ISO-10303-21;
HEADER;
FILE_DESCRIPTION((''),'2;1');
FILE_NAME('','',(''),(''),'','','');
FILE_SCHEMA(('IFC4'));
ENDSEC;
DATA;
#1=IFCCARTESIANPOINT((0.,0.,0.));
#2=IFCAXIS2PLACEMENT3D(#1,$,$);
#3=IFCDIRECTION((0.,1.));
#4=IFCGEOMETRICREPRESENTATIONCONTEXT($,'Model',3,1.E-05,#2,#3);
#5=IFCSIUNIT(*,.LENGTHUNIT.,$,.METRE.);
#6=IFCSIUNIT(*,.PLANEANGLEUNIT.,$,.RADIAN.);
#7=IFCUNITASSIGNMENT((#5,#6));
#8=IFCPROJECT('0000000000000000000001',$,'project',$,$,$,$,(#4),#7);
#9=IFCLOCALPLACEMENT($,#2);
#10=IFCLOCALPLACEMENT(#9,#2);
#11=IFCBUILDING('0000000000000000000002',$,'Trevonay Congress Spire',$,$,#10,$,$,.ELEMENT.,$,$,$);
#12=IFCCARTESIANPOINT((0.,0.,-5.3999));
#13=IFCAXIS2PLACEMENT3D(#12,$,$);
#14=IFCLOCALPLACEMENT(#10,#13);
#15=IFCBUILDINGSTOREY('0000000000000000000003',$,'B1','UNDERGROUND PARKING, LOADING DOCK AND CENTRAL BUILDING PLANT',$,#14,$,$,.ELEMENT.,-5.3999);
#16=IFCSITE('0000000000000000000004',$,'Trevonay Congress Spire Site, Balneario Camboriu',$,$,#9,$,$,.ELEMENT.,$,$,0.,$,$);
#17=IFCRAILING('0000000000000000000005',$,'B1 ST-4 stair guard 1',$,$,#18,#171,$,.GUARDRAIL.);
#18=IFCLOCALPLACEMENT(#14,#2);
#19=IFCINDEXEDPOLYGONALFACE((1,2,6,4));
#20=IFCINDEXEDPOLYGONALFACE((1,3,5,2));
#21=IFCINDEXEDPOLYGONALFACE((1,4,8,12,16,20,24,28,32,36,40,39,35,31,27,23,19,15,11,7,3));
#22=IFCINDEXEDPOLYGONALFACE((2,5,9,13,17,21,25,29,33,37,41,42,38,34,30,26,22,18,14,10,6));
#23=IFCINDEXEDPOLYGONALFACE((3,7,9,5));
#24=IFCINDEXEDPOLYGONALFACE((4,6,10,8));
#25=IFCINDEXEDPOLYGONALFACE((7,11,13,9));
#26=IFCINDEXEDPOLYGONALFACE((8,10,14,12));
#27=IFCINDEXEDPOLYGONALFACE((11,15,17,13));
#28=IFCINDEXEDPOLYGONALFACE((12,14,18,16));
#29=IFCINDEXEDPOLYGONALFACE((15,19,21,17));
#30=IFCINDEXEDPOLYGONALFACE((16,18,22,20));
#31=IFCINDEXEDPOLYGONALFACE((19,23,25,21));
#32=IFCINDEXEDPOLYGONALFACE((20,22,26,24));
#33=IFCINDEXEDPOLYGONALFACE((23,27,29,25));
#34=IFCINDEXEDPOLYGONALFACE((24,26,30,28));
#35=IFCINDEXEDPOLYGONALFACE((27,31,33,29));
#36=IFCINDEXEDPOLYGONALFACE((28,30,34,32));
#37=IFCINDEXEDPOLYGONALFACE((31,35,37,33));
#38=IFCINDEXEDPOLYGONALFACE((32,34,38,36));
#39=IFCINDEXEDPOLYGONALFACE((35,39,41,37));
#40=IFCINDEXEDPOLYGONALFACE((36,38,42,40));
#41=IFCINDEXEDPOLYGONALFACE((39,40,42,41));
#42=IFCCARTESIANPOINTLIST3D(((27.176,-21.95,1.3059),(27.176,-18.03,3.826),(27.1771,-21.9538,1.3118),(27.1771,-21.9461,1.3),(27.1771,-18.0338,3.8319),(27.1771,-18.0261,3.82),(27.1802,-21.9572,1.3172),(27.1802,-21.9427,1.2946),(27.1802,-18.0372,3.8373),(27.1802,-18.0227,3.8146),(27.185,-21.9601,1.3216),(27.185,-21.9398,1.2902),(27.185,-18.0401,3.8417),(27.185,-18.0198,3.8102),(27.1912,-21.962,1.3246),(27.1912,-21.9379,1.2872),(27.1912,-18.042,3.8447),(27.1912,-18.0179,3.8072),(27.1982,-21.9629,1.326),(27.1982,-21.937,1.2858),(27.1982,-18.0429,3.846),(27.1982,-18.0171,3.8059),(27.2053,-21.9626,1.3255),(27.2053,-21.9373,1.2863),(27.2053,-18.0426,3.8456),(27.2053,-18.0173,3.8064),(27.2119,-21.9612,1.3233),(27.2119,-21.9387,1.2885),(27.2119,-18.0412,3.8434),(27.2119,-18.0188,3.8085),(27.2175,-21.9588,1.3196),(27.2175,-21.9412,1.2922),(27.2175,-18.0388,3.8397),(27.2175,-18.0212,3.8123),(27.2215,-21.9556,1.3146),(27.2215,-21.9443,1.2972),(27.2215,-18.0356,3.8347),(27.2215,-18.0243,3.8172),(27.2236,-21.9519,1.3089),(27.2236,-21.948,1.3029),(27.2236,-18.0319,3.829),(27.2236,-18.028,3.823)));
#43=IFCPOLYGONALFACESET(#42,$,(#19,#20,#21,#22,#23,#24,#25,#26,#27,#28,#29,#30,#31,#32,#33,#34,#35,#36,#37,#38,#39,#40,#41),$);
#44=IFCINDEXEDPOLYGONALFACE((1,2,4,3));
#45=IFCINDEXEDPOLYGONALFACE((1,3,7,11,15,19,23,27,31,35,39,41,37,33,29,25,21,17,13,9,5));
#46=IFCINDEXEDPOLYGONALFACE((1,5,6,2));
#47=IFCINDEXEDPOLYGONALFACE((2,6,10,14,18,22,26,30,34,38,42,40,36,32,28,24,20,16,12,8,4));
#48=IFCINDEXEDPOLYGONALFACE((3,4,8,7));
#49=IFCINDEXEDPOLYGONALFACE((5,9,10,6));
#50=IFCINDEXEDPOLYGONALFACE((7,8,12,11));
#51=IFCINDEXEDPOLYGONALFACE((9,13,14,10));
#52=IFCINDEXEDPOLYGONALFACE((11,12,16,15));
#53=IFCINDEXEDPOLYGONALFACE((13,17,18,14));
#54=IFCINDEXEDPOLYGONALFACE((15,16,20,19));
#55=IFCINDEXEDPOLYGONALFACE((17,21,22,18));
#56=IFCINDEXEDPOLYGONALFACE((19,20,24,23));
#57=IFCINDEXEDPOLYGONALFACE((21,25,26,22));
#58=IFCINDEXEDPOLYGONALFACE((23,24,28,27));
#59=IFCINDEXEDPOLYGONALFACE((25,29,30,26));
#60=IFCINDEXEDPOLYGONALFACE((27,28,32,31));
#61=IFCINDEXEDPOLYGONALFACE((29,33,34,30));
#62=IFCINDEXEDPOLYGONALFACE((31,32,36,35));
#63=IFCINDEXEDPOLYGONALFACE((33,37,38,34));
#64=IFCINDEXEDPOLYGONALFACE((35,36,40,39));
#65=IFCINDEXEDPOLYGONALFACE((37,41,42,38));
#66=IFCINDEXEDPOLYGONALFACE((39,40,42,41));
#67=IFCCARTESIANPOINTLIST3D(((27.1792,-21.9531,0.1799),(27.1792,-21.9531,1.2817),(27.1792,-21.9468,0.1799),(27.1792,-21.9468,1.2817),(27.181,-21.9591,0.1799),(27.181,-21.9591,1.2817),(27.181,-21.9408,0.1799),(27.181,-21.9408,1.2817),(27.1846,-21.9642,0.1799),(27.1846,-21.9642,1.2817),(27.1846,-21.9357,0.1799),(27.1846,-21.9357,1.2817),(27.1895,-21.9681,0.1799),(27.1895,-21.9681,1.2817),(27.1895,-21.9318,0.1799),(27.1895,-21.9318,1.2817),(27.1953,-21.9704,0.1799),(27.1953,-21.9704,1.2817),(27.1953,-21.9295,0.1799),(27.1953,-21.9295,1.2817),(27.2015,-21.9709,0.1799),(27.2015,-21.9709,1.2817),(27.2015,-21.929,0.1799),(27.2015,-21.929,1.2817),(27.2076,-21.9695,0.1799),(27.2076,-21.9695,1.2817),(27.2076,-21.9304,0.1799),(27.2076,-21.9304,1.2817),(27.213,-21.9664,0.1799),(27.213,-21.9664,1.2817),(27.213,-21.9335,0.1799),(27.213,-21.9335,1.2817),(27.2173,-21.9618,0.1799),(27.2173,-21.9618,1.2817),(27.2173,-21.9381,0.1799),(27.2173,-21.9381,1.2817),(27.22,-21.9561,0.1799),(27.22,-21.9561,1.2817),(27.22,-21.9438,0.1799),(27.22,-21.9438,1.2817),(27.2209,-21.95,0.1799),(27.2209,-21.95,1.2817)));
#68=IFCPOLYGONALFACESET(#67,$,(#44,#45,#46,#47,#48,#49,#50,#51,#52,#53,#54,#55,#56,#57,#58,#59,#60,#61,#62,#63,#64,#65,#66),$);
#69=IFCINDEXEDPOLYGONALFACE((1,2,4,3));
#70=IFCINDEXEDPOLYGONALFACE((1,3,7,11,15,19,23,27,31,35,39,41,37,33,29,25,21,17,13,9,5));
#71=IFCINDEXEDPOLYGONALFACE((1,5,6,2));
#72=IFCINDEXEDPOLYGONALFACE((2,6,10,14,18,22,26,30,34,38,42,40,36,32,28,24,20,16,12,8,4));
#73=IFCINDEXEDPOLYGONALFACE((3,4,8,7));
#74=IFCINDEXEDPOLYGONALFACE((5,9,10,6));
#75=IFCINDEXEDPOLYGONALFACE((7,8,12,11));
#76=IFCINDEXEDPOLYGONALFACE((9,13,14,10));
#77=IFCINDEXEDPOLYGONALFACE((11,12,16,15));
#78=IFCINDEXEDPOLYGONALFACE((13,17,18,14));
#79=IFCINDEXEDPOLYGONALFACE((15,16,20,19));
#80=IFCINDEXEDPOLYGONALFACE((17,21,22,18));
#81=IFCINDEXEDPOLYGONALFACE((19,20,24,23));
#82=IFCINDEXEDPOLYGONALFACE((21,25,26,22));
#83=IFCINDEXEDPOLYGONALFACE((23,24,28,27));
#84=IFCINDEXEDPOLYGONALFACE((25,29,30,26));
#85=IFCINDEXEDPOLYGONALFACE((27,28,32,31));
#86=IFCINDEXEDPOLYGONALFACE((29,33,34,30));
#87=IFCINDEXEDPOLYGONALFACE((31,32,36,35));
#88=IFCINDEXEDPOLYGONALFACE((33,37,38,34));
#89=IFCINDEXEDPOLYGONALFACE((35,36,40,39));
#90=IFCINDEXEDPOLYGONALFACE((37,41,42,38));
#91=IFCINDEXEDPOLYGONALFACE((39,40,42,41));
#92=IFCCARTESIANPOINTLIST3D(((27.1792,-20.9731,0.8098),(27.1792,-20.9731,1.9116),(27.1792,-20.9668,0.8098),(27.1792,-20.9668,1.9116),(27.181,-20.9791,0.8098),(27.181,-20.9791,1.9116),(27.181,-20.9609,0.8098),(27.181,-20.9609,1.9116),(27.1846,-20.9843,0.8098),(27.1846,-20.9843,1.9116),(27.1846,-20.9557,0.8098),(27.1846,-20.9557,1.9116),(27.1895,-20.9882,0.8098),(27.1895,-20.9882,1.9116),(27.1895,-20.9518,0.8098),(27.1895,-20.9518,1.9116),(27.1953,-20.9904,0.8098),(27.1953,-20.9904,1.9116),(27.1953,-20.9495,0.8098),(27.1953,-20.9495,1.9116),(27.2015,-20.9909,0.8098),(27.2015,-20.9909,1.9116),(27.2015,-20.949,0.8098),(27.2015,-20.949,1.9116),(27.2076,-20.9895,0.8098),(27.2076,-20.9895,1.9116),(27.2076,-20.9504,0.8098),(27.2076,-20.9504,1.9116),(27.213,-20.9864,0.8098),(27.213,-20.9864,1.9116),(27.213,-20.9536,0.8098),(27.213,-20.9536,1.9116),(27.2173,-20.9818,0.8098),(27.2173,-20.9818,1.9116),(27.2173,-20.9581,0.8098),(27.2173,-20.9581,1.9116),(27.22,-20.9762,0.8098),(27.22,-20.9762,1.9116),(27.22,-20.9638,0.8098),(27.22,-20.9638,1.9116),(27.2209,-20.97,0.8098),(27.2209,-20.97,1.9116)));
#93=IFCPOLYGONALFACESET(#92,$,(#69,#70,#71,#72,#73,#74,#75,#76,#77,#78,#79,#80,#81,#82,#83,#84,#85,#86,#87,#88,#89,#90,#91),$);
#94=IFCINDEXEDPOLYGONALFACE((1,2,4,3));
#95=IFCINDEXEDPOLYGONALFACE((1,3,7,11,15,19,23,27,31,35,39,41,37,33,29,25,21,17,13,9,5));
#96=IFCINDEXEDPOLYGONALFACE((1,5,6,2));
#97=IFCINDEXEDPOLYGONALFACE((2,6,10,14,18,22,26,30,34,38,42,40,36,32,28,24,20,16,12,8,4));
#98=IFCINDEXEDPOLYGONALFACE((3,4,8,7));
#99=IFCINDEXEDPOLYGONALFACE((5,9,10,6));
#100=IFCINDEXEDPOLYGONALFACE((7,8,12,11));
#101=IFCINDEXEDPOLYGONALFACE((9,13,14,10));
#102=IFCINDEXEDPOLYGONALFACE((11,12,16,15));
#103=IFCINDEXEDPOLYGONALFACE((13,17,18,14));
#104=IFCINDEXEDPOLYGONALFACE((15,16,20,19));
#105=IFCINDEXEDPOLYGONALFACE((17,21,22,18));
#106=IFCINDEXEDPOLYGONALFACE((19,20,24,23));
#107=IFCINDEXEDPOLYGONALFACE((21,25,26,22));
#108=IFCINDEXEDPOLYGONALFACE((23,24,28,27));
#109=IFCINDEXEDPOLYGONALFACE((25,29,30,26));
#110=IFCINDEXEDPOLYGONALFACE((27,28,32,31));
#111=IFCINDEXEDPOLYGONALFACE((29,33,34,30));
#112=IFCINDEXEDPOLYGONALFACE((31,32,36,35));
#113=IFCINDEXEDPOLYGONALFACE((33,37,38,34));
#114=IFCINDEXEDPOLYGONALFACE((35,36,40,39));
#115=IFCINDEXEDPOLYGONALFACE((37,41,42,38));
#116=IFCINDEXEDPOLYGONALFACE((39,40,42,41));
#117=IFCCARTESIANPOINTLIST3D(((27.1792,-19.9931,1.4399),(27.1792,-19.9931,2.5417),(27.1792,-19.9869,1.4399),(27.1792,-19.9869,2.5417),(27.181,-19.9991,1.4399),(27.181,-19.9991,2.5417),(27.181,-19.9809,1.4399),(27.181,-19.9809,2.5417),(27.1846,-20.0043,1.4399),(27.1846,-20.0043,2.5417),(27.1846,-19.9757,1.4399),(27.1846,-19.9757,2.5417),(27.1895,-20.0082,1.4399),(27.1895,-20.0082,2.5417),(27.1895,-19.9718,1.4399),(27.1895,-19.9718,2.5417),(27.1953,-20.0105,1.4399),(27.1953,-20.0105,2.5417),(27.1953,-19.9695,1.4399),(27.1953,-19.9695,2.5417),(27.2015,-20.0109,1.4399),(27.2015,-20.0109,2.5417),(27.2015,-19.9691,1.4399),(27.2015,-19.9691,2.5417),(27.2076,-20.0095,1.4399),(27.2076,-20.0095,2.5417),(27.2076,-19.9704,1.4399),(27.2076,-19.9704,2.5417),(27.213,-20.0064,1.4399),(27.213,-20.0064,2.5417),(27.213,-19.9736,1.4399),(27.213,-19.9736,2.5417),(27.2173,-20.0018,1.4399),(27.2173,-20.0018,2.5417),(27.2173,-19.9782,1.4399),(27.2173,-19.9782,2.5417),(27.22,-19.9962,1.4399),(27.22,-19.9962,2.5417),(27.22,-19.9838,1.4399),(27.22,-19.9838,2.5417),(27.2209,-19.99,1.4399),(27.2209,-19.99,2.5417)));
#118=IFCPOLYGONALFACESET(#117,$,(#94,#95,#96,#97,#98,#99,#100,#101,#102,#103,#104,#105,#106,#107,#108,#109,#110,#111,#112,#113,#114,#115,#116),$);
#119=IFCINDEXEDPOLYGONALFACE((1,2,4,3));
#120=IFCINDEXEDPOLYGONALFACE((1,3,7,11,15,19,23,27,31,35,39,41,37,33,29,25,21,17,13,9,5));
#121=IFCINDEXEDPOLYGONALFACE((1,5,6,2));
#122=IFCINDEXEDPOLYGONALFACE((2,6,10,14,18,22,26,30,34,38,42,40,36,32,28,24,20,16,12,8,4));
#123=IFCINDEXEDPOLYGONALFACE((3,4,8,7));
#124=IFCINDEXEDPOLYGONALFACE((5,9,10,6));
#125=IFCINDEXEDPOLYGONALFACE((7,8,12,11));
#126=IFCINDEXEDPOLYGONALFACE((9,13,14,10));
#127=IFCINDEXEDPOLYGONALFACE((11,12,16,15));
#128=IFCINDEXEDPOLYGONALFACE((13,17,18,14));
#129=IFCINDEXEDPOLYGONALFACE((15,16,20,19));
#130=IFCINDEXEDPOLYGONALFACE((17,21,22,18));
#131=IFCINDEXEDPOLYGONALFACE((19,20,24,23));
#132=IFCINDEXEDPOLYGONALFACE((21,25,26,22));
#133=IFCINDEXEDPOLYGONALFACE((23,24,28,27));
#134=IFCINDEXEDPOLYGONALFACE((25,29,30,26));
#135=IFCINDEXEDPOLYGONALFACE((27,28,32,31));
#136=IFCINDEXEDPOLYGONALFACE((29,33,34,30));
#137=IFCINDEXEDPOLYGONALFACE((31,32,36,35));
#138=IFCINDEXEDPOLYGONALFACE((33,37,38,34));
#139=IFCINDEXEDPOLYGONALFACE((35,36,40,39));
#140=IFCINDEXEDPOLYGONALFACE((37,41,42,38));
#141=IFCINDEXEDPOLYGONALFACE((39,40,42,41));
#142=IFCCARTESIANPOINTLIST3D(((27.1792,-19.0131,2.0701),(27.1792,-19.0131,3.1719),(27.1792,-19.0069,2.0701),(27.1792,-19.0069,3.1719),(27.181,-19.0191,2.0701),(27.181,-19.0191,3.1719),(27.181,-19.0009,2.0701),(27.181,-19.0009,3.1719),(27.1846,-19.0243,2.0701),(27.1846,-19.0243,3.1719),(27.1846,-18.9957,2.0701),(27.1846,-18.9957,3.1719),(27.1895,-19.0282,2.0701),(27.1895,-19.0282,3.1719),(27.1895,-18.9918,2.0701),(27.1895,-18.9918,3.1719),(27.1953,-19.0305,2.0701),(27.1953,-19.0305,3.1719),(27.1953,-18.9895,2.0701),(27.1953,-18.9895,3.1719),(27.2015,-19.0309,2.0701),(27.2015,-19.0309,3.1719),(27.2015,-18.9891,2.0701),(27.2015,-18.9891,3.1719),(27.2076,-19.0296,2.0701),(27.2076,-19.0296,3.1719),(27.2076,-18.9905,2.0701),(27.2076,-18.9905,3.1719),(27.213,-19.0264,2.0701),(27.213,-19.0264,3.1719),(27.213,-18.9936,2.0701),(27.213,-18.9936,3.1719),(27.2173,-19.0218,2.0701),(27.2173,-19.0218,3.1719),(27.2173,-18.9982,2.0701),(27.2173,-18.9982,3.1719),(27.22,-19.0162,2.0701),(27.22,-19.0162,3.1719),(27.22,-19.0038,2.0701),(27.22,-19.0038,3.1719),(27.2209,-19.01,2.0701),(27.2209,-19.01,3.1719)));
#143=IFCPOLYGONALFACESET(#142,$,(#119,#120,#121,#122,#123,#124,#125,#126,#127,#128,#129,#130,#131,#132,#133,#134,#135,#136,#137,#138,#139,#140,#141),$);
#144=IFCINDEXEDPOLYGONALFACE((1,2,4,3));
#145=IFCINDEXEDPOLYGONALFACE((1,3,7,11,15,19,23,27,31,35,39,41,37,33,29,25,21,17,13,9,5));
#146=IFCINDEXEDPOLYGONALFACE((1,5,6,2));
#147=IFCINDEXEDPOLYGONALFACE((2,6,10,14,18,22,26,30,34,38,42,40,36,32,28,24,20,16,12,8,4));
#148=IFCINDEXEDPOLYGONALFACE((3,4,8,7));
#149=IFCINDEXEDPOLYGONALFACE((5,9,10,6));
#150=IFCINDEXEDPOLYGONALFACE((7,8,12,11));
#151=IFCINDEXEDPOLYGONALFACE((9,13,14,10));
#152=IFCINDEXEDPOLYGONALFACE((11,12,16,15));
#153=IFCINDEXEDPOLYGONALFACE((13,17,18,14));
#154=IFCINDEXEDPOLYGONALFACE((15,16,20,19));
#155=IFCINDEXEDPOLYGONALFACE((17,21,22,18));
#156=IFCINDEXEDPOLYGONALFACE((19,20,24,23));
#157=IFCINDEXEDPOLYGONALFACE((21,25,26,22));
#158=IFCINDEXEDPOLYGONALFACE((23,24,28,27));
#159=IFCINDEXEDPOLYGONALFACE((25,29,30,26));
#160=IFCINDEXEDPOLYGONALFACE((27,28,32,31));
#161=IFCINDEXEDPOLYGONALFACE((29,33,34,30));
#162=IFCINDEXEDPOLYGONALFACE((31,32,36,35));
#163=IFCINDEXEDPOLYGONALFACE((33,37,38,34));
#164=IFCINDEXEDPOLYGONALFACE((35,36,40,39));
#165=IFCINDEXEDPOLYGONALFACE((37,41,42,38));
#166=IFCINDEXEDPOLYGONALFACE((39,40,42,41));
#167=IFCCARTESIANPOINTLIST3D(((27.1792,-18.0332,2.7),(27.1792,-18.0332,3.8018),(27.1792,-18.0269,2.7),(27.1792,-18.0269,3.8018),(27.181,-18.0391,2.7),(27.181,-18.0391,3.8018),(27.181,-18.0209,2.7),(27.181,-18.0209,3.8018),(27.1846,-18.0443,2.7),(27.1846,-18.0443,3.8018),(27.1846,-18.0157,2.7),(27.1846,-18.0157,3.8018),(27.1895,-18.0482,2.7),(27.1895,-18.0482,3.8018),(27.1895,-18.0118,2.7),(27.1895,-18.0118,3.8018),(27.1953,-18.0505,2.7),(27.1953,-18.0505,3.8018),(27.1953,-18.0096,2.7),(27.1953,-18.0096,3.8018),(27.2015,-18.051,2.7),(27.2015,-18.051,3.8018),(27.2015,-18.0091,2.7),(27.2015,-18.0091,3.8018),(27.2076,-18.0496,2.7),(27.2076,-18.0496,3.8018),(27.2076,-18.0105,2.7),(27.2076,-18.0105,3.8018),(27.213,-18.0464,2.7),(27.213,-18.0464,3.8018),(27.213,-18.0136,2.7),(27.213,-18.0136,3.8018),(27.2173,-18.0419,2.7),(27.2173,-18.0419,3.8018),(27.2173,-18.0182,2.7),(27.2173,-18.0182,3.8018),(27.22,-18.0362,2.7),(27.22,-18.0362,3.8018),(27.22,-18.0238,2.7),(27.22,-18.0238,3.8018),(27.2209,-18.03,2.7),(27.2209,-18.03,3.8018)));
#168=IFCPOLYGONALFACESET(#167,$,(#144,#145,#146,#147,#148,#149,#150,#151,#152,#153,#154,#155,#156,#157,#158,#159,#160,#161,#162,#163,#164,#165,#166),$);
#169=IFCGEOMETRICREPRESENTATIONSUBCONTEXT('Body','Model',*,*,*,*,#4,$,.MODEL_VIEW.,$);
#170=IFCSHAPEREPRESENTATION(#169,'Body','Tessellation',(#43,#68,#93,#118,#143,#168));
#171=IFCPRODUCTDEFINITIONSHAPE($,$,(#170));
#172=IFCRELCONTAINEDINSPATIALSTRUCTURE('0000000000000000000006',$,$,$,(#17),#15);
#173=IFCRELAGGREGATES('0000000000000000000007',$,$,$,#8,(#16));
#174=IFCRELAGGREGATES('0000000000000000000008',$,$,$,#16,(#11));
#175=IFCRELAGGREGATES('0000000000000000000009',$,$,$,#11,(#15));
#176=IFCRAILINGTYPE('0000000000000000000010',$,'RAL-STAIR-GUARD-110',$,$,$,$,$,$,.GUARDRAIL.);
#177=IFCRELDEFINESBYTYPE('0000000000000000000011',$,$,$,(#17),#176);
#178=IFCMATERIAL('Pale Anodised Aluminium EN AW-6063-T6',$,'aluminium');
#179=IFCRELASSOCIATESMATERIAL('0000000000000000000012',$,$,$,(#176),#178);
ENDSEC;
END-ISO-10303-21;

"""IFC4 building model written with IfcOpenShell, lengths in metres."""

from ifc_helpers import new_model, si_unit, direction, frame, origin, origin_2d, place, context, subcontext, project, spatial, circle, extrude, material, type_object, element, save


model = new_model("IFC4")

# Units and contexts
model_context = context("Model", 3, precision=1e-05, world=origin(), true_north=direction((0.0, 1.0)))
body_context = subcontext(model_context, "Body", "Model", "MODEL_VIEW")
ifc_project = project(units=[si_unit("LENGTHUNIT", "METRE"), si_unit("PLANEANGLEUNIT", "RADIAN")], contexts=[model_context])

# Site, building, storey
site_placement = place(None, origin())
site = spatial("IfcSite", under=ifc_project, at=site_placement, Name="Trevonay Congress Spire Site, Balneario Camboriu", CompositionType="ELEMENT", RefElevation=0.0)
building_placement = place(site_placement, origin())
building = spatial("IfcBuilding", under=site, at=building_placement, Name="Trevonay Congress Spire", CompositionType="ELEMENT")
storey_placement = place(building_placement, frame((0.0, 0.0, -5.3999)))
storey = spatial("IfcBuildingStorey", under=building, at=storey_placement, Name="B1", Description="UNDERGROUND PARKING, LOADING DOCK AND CENTRAL BUILDING PLANT", CompositionType="ELEMENT", Elevation=-5.3999)

# Railing
ifc_material_1 = material(Name="Pale Anodised Aluminium EN AW-6063-T6", Category="aluminium")
railing_type_1 = type_object("IfcRailingType", Name="RAL-STAIR-GUARD-110", PredefinedType="GUARDRAIL", material=ifc_material_1)
railing_1_placement = place(storey_placement, frame((27.2, -21.95, 0.1799)))
element("IfcRailing", 1, at=railing_1_placement, inside=storey, type_object=railing_type_1, Name="B1 ST-4 stair guard 1", PredefinedType="GUARDRAIL", context=body_context, shape_type="SweptSolid", body=[
    extrude(circle(Radius=0.0239, at=origin_2d()), frame((0.0, 0.0, 1.126), z_axis=(0.0, 0.841172, 0.540768), x_axis=(-1.0, 0.0, 0.0)), (0.0, 0.0, 1.0), 4.6602),
    extrude(circle(Radius=0.021, at=origin_2d()), origin(), (0.0, 0.0, 1.0), 1.1018),
    extrude(circle(Radius=0.021, at=origin_2d()), frame((0.0, 0.98, 0.6299)), (0.0, 0.0, 1.0), 1.1018),
    extrude(circle(Radius=0.021, at=origin_2d()), frame((0.0, 1.96, 1.26)), (0.0, 0.0, 1.0), 1.1018),
    extrude(circle(Radius=0.021, at=origin_2d()), frame((0.0, 2.9399, 1.8901)), (0.0, 0.0, 1.0), 1.1018),
    extrude(circle(Radius=0.021, at=origin_2d()), frame((0.0, 3.9199, 2.52)), (0.0, 0.0, 1.0), 1.1018),
])

save(model, "model.ifc")
